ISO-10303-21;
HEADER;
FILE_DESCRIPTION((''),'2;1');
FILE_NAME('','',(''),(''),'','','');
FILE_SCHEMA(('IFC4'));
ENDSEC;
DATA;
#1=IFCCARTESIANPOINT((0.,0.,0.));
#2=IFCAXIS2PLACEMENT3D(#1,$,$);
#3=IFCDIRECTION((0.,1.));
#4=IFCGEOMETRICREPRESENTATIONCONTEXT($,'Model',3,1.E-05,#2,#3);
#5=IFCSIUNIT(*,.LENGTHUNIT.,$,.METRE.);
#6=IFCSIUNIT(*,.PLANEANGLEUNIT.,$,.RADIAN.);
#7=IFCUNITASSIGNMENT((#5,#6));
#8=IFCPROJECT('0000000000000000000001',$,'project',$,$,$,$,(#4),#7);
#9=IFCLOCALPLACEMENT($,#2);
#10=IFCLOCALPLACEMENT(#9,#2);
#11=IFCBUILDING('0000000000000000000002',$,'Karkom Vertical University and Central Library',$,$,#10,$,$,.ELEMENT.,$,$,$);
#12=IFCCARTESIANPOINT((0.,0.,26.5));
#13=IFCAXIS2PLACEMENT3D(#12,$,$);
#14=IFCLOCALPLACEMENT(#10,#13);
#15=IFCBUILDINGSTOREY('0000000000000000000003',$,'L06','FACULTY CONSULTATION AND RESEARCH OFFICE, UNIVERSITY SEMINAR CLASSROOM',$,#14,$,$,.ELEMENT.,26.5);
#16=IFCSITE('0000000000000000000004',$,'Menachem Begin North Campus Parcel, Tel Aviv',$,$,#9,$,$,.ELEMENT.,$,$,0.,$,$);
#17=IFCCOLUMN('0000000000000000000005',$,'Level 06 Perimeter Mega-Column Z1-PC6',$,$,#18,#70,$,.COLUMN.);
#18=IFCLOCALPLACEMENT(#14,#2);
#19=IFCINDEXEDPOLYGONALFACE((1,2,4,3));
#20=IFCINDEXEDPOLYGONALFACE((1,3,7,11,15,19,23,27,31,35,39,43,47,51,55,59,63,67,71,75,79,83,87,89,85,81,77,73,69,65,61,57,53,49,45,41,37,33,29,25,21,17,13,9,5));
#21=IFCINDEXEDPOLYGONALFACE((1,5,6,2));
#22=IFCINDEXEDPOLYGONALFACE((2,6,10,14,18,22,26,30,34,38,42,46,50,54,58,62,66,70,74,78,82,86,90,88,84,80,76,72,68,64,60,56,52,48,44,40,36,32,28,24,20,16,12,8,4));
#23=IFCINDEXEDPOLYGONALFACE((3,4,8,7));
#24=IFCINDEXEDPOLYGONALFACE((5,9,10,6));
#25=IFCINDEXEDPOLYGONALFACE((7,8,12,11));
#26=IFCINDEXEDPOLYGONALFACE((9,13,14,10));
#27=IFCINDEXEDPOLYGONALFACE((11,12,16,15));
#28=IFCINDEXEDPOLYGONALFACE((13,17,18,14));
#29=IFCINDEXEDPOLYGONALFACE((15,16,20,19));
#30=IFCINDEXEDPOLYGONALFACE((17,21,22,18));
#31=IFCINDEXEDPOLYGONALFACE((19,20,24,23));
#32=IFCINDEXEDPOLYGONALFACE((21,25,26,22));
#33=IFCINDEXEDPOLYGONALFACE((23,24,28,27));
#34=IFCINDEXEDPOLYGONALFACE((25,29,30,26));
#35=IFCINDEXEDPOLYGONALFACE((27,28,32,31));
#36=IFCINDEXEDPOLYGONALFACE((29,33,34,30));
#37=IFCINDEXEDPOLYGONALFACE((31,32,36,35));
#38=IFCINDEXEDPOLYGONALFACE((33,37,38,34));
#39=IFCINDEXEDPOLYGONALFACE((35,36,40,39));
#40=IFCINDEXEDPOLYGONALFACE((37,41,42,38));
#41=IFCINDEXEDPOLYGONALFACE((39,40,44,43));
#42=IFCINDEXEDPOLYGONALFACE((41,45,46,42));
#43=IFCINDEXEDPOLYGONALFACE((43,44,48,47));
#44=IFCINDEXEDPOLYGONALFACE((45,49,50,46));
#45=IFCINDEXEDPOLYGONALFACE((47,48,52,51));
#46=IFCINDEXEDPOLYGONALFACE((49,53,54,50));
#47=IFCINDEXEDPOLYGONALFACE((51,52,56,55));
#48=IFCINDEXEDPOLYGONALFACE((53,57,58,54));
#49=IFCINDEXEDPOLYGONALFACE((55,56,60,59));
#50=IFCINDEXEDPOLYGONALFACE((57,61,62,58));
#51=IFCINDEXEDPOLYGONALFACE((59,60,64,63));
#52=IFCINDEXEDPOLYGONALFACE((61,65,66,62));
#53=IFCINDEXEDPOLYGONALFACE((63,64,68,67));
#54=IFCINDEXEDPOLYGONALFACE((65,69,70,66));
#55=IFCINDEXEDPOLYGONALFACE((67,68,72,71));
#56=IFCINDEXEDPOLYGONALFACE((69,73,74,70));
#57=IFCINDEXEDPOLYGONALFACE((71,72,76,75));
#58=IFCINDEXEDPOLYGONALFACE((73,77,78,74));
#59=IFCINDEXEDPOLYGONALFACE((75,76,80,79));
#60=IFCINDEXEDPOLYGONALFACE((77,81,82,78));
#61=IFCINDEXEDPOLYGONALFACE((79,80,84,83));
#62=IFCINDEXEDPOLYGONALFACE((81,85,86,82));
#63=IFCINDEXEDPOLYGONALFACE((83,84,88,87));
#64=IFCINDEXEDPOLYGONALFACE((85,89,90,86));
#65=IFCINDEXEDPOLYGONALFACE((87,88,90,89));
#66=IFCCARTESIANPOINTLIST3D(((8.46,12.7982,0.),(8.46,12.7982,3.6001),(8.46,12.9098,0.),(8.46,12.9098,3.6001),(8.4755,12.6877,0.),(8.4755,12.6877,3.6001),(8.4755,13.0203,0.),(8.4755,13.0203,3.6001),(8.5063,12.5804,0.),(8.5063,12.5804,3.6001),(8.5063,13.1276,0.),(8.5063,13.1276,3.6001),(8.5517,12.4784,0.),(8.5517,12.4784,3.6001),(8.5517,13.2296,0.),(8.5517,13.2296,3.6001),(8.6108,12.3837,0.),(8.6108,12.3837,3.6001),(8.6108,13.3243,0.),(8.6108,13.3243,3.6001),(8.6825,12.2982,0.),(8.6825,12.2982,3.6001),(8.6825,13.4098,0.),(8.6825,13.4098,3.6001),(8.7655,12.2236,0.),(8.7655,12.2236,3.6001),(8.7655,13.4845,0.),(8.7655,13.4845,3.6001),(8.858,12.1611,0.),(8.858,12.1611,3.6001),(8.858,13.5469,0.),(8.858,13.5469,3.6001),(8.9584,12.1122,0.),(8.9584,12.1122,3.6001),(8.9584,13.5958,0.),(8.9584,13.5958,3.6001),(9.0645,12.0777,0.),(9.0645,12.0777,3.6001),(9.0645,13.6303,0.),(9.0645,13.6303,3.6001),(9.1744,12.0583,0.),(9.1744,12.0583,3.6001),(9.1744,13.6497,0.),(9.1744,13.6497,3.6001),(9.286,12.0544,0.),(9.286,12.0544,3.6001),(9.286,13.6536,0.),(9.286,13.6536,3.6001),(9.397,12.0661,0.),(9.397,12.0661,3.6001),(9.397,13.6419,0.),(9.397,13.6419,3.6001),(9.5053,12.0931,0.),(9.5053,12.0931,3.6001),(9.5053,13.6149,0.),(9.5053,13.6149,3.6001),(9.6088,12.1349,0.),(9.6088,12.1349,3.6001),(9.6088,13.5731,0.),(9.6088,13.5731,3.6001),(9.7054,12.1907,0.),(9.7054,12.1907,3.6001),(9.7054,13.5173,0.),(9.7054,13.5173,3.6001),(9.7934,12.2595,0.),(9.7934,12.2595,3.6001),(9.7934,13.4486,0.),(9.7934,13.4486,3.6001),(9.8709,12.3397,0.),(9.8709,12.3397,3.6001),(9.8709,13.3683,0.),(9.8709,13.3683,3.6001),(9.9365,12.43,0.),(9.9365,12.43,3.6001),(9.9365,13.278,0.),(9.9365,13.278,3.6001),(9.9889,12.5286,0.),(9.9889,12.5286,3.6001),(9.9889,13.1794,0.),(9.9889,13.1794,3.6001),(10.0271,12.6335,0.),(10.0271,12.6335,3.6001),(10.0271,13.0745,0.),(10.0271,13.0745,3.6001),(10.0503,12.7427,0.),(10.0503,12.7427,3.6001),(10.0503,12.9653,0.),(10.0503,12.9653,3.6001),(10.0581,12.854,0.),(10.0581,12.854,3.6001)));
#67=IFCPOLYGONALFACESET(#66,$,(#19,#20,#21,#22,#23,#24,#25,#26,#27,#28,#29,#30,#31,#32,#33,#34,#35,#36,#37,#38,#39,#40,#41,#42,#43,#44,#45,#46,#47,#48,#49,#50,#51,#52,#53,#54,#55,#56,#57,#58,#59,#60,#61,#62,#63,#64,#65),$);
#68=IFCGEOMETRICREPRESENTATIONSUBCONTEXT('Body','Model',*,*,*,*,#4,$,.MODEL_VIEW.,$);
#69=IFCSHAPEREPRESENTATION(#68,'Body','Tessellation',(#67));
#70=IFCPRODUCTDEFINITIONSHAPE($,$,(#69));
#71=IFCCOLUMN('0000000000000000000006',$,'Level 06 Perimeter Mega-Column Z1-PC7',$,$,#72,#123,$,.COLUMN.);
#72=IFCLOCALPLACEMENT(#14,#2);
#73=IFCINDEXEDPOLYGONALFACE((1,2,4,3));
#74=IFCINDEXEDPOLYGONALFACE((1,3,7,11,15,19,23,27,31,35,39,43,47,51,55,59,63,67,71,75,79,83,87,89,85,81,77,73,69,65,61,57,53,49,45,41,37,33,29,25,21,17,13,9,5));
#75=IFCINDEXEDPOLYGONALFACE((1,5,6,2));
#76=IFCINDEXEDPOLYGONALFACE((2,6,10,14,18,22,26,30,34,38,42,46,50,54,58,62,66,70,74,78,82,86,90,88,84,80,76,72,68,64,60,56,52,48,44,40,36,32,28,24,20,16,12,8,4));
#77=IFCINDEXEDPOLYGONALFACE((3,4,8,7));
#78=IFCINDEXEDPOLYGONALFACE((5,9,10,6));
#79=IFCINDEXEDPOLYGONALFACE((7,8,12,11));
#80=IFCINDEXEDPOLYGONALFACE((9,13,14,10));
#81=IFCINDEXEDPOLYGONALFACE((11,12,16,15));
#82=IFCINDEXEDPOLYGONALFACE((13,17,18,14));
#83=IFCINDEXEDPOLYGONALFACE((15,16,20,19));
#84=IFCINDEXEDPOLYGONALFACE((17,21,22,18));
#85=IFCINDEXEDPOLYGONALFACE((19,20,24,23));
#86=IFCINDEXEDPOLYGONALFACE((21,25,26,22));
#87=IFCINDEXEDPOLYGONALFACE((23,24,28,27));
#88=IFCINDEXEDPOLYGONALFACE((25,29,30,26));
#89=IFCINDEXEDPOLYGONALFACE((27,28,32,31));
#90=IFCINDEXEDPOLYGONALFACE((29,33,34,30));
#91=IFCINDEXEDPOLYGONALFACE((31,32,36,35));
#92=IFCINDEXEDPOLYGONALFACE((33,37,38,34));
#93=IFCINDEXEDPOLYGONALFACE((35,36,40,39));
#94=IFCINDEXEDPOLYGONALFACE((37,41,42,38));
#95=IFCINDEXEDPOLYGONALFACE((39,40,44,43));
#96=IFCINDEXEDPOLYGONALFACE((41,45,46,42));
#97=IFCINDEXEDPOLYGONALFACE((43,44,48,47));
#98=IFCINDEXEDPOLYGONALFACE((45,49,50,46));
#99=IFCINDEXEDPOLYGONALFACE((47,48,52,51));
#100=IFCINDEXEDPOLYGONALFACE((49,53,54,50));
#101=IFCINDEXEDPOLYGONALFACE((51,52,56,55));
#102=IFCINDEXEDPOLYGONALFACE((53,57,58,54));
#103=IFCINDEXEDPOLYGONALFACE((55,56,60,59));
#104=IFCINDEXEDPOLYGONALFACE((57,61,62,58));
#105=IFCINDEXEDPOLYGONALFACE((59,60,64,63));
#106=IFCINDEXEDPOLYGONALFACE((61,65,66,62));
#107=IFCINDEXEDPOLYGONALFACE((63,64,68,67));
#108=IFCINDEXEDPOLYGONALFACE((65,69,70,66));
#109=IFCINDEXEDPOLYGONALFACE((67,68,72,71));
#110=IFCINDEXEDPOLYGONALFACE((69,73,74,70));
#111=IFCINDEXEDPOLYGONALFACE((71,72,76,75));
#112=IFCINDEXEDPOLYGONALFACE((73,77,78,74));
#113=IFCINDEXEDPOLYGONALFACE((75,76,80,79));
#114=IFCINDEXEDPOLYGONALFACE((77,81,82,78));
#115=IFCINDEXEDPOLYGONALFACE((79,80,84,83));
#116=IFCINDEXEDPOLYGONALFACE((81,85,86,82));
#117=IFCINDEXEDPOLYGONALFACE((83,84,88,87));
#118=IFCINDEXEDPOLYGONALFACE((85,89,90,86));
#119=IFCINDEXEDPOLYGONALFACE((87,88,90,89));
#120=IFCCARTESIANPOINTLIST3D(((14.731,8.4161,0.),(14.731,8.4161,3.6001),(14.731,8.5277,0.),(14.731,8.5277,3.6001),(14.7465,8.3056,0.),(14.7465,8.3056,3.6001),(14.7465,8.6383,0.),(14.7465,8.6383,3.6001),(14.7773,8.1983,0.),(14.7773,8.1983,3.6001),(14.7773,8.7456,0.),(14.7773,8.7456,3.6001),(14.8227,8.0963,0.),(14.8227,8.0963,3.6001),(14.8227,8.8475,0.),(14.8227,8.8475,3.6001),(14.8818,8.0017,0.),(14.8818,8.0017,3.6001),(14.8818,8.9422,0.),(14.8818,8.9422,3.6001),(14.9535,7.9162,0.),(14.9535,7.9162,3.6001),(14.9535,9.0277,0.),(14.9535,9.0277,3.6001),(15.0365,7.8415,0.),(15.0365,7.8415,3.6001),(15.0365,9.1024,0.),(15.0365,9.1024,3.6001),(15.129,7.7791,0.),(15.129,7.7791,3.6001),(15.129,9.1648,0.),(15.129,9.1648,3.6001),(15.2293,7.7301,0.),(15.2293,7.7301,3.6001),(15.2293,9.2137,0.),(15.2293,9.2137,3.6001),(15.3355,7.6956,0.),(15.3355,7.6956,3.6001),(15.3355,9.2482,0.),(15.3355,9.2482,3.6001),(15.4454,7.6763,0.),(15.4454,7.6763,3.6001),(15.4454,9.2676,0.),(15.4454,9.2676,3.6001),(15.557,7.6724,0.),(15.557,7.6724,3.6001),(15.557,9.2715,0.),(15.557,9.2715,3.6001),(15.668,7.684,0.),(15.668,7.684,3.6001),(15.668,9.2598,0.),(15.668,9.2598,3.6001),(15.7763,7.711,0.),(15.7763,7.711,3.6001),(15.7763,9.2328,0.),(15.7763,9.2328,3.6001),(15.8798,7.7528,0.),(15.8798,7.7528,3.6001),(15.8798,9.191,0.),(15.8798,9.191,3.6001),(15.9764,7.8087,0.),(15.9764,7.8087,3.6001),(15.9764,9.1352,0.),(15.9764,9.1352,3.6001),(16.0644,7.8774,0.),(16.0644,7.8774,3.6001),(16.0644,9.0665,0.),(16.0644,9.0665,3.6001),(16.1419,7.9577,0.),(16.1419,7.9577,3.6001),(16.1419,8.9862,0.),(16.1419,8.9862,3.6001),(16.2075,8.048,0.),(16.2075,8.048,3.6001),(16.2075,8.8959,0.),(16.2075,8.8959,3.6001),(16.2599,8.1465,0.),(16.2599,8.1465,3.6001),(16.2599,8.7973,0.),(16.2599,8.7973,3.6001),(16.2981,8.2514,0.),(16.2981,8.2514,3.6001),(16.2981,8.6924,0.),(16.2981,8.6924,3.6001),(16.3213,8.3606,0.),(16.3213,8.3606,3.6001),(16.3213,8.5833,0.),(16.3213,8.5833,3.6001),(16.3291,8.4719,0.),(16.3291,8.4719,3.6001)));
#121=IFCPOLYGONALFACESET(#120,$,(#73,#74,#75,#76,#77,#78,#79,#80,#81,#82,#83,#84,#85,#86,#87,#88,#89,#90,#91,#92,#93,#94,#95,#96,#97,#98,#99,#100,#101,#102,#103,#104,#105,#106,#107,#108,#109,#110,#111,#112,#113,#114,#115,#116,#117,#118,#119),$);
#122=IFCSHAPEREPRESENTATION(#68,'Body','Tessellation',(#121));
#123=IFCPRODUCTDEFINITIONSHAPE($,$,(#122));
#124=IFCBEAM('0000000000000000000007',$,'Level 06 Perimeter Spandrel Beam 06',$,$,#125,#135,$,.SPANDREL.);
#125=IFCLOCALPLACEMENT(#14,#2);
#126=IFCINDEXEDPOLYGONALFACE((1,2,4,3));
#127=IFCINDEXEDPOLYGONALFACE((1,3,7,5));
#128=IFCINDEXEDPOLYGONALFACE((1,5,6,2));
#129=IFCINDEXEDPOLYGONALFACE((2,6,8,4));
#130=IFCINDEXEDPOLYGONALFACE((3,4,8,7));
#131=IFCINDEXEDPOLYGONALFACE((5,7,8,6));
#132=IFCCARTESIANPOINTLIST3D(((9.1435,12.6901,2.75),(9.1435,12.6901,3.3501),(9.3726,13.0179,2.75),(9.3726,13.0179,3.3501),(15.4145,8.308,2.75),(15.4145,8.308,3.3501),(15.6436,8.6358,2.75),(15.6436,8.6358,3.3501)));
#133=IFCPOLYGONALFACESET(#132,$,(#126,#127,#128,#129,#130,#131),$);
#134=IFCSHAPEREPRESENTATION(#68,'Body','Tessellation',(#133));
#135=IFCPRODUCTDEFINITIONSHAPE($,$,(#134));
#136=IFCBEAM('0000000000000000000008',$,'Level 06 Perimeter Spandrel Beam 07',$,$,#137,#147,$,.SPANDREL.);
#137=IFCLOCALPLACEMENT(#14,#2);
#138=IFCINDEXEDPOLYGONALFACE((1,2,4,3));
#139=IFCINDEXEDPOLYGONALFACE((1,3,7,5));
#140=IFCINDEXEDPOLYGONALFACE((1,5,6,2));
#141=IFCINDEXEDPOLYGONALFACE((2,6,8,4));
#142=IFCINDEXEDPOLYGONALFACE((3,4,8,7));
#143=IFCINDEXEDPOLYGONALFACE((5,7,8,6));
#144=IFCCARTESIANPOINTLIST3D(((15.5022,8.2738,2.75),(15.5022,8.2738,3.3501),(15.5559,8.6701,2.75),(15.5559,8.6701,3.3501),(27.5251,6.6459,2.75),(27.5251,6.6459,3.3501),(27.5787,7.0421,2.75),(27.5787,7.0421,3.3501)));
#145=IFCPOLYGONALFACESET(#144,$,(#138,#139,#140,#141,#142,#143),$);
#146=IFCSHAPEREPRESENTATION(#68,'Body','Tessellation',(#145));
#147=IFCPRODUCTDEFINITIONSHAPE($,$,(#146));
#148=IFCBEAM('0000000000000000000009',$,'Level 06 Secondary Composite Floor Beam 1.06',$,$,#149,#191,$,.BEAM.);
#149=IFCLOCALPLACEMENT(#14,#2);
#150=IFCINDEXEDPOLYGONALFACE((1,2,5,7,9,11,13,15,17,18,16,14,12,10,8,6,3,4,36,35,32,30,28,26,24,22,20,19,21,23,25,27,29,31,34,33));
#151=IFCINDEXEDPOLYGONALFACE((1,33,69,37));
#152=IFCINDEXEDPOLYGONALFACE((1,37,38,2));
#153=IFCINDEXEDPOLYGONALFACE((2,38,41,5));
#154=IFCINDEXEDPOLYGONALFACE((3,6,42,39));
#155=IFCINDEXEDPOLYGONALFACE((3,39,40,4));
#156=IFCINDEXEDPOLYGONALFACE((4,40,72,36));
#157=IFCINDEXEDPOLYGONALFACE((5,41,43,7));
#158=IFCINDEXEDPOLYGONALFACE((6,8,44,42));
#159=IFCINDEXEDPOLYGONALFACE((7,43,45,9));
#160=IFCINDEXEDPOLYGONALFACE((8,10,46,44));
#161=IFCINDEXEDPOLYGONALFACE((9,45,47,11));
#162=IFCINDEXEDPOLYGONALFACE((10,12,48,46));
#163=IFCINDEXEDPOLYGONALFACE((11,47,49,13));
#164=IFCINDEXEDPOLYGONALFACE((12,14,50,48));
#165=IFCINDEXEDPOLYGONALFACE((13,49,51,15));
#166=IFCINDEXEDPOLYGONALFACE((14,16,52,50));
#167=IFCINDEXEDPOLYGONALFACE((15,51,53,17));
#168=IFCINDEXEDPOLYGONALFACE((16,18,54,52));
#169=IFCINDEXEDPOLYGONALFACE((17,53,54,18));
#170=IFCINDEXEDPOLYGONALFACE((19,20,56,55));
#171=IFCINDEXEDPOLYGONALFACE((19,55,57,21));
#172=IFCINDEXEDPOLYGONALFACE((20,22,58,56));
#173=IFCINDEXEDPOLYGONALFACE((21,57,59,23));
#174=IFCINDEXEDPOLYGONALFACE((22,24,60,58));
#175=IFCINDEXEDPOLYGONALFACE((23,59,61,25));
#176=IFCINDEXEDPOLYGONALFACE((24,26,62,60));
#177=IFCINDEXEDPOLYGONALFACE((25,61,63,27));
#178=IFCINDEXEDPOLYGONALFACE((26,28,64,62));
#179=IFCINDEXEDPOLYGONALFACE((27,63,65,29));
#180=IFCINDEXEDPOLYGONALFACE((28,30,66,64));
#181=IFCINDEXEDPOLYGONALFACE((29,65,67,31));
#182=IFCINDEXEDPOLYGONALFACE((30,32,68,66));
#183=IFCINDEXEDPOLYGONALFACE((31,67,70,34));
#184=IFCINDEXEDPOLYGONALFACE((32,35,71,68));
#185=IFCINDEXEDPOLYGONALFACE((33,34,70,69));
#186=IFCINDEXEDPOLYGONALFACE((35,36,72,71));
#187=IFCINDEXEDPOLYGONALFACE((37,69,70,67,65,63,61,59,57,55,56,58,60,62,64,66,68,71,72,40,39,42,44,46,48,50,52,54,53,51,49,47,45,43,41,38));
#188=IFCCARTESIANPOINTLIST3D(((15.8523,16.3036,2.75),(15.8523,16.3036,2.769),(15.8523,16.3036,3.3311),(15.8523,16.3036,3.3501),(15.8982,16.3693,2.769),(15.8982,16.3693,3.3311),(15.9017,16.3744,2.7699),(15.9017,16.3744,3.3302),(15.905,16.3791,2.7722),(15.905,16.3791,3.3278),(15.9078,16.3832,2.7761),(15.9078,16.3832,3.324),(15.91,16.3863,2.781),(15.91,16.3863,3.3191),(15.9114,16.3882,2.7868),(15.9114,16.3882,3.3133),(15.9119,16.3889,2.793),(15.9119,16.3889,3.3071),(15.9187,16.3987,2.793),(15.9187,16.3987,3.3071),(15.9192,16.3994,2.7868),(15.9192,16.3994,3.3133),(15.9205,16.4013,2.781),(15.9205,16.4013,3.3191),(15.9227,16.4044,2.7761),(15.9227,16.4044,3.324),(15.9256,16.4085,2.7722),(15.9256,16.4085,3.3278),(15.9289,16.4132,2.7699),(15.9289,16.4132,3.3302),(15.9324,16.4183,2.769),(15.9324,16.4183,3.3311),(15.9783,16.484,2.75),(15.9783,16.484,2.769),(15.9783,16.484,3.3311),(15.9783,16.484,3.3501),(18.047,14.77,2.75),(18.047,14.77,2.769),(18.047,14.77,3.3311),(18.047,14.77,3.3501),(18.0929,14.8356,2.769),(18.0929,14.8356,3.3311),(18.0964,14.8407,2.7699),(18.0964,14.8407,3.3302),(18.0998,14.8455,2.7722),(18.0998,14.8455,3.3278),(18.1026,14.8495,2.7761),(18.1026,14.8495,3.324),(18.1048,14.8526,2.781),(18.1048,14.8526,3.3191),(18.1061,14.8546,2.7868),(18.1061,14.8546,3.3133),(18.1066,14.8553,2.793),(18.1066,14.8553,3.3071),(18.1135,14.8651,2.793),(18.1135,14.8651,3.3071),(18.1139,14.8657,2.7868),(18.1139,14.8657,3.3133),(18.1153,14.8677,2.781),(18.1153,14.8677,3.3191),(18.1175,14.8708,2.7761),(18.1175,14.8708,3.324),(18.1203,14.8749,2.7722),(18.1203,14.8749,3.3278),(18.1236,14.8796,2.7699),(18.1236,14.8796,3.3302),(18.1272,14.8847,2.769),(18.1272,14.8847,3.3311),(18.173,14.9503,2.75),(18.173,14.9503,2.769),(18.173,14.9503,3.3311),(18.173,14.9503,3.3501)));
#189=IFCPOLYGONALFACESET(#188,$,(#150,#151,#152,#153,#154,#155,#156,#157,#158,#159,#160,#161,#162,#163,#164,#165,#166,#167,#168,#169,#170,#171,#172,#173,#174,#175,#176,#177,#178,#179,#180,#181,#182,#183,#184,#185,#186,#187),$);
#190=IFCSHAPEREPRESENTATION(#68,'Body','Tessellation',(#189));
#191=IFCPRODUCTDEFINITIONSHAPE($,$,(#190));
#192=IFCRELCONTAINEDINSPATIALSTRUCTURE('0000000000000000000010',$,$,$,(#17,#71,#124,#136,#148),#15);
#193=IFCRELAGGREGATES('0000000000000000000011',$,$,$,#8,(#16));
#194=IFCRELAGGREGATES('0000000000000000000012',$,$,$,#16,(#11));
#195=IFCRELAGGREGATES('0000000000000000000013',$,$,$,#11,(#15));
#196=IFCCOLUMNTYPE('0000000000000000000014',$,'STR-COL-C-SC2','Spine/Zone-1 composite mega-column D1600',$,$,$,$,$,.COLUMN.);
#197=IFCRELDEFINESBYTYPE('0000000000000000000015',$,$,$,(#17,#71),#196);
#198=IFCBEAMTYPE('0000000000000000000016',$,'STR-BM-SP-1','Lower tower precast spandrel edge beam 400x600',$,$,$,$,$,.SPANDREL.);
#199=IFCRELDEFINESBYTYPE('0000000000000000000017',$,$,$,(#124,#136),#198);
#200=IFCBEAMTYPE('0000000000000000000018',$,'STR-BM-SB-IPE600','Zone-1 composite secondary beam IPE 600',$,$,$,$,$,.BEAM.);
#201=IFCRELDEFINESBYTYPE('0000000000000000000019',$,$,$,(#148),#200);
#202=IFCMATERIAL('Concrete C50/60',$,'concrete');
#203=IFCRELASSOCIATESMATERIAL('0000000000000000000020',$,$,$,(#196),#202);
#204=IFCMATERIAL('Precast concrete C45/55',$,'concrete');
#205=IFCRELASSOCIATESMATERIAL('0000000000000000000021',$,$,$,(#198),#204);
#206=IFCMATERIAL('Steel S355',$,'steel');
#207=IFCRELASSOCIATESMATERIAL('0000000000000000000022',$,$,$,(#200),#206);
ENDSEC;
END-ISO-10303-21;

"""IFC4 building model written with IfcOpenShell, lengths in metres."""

from ifc_helpers import new_model, si_unit, direction, frame, origin, origin_with_axes, origin_2d, place, context, subcontext, project, spatial, rectangle, circle, i_section, extrude, source, transform, mapped, material, material_profile, profile_set, type_object, element, save


model = new_model("IFC4")

# Units and contexts
model_context = context("Model", 3, precision=1e-05, world=origin(), true_north=direction((0.0, 1.0)))
body_context = subcontext(model_context, "Body", "Model", "MODEL_VIEW")
ifc_project = project(units=[si_unit("LENGTHUNIT", "METRE"), si_unit("PLANEANGLEUNIT", "RADIAN")], contexts=[model_context])

# Site, building, storey
site_placement = place(None, origin())
site = spatial("IfcSite", under=ifc_project, at=site_placement, Name="Menachem Begin North Campus Parcel, Tel Aviv", CompositionType="ELEMENT", RefElevation=0.0)
building_placement = place(site_placement, origin())
building = spatial("IfcBuilding", under=site, at=building_placement, Name="Karkom Vertical University and Central Library", CompositionType="ELEMENT")
storey_placement = place(building_placement, frame((0.0, 0.0, 26.5)))
storey = spatial("IfcBuildingStorey", under=building, at=storey_placement, Name="L06", Description="FACULTY CONSULTATION AND RESEARCH OFFICE, UNIVERSITY SEMINAR CLASSROOM", CompositionType="ELEMENT", Elevation=26.5)

# Columns
ifc_material_1 = material(Name="Concrete C50/60", Category="concrete")
ifc_material_profile_1 = material_profile(ifc_material_1, circle(Radius=0.8, at=origin_2d()), Name="CFT-D1600")
ifc_profile_set_1 = profile_set([ifc_material_profile_1], Name="Concrete C50/60")
column_type = type_object("IfcColumnType", Name="STR-COL-C-SC2", Description="Spine/Zone-1 composite mega-column D1600", PredefinedType="COLUMN", material=ifc_profile_set_1)
shared_shape_1 = source(origin_with_axes(), body_context, "Body", "SweptSolid", [
    extrude(circle(Radius=0.8, at=origin_2d()), origin(), (0.0, 0.0, 1.0), 3.6001),
])
for number, where, z_axis, x_axis, name in (
    (1, (9.2581, 12.854, 0.0), (0.0, 0.0, 1.0), (1.0, 0.0, 0.0), "Level 06 Perimeter Mega-Column Z1-PC6"),
    (2, (15.5291, 8.4719, 0.0), (0.0, 0.0, 1.0), (1.0, 0.0, 0.0), "Level 06 Perimeter Mega-Column Z1-PC7"),
):
    element("IfcColumn", number, at=place(storey_placement, frame(where, z_axis=z_axis, x_axis=x_axis)), inside=storey, type_object=column_type, Name=name, PredefinedType="COLUMN", context=body_context, shape_type="MappedRepresentation", body=[
        mapped(shared_shape_1, transform((0.0, 0.0, 0.0), scale=1.0)),
    ])

# Beams
ifc_material_2 = material(Name="Precast concrete C45/55", Category="concrete")
ifc_material_profile_2 = material_profile(ifc_material_2, rectangle(XDim=0.3999, YDim=0.6001, at=origin_2d()), Name="SPB-400x600")
ifc_profile_set_2 = profile_set([ifc_material_profile_2], Name="Precast concrete C45/55")
beam_type_1 = type_object("IfcBeamType", Name="STR-BM-SP-1", Description="Lower tower precast spandrel edge beam 400x600", PredefinedType="SPANDREL", material=ifc_profile_set_2)
shared_shape_2 = source(origin_with_axes(), body_context, "Body", "SweptSolid", [
    extrude(rectangle(XDim=0.3999, YDim=0.6001, at=origin_2d()), origin(), (0.0, 0.0, 1.0), 7.6504),
])
beam_1_placement = place(storey_placement, frame((9.2581, 12.854, 3.05), z_axis=(0.819699, -0.572794, 0.0), x_axis=(0.572794, 0.819699, 0.0)))
element("IfcBeam", 3, at=beam_1_placement, inside=storey, type_object=beam_type_1, Name="Level 06 Perimeter Spandrel Beam 06", PredefinedType="SPANDREL", context=body_context, shape_type="MappedRepresentation", body=[
    mapped(shared_shape_2, transform((0.0, 0.0, 0.0), scale=1.0)),
])
shared_shape_3 = source(origin_with_axes(), body_context, "Body", "SweptSolid", [
    extrude(rectangle(XDim=0.3999, YDim=0.6001, at=origin_2d()), origin(), (0.0, 0.0, 1.0), 12.1326),
])
beam_2_placement = place(storey_placement, frame((15.5291, 8.4719, 3.05), z_axis=(0.990957, -0.134177, 0.0), x_axis=(0.134177, 0.990957, 0.0)))
element("IfcBeam", 4, at=beam_2_placement, inside=storey, type_object=beam_type_1, Name="Level 06 Perimeter Spandrel Beam 07", PredefinedType="SPANDREL", context=body_context, shape_type="MappedRepresentation", body=[
    mapped(shared_shape_3, transform((0.0, 0.0, 0.0), scale=1.0)),
])
ifc_material_3 = material(Name="Steel S355", Category="steel")
ifc_material_profile_3 = material_profile(ifc_material_3, i_section(OverallWidth=0.22, OverallDepth=0.6001, WebThickness=0.012, FlangeThickness=0.019, FilletRadius=0.0239, at=origin_2d()), Name="IPE 600")
ifc_profile_set_3 = profile_set([ifc_material_profile_3], Name="Steel S355")
beam_type_2 = type_object("IfcBeamType", Name="STR-BM-SB-IPE600", Description="Zone-1 composite secondary beam IPE 600", PredefinedType="BEAM", material=ifc_profile_set_3)
shared_shape_4 = source(origin_with_axes(), body_context, "Body", "SweptSolid", [
    extrude(i_section(OverallWidth=0.22, OverallDepth=0.6001, WebThickness=0.012, FlangeThickness=0.019, FilletRadius=0.0239, at=origin_2d()), origin(), (0.0, 0.0, 1.0), 2.6775),
])
beam_3_placement = place(storey_placement, frame((15.9153, 16.3938, 3.05), z_axis=(0.819703, -0.572789, 0.0), x_axis=(0.572789, 0.819703, 0.0)))
element("IfcBeam", 5, at=beam_3_placement, inside=storey, type_object=beam_type_2, Name="Level 06 Secondary Composite Floor Beam 1.06", PredefinedType="BEAM", context=body_context, shape_type="MappedRepresentation", body=[
    mapped(shared_shape_4, transform((0.0, 0.0, 0.0), scale=1.0)),
])

save(model, "model.ifc")
